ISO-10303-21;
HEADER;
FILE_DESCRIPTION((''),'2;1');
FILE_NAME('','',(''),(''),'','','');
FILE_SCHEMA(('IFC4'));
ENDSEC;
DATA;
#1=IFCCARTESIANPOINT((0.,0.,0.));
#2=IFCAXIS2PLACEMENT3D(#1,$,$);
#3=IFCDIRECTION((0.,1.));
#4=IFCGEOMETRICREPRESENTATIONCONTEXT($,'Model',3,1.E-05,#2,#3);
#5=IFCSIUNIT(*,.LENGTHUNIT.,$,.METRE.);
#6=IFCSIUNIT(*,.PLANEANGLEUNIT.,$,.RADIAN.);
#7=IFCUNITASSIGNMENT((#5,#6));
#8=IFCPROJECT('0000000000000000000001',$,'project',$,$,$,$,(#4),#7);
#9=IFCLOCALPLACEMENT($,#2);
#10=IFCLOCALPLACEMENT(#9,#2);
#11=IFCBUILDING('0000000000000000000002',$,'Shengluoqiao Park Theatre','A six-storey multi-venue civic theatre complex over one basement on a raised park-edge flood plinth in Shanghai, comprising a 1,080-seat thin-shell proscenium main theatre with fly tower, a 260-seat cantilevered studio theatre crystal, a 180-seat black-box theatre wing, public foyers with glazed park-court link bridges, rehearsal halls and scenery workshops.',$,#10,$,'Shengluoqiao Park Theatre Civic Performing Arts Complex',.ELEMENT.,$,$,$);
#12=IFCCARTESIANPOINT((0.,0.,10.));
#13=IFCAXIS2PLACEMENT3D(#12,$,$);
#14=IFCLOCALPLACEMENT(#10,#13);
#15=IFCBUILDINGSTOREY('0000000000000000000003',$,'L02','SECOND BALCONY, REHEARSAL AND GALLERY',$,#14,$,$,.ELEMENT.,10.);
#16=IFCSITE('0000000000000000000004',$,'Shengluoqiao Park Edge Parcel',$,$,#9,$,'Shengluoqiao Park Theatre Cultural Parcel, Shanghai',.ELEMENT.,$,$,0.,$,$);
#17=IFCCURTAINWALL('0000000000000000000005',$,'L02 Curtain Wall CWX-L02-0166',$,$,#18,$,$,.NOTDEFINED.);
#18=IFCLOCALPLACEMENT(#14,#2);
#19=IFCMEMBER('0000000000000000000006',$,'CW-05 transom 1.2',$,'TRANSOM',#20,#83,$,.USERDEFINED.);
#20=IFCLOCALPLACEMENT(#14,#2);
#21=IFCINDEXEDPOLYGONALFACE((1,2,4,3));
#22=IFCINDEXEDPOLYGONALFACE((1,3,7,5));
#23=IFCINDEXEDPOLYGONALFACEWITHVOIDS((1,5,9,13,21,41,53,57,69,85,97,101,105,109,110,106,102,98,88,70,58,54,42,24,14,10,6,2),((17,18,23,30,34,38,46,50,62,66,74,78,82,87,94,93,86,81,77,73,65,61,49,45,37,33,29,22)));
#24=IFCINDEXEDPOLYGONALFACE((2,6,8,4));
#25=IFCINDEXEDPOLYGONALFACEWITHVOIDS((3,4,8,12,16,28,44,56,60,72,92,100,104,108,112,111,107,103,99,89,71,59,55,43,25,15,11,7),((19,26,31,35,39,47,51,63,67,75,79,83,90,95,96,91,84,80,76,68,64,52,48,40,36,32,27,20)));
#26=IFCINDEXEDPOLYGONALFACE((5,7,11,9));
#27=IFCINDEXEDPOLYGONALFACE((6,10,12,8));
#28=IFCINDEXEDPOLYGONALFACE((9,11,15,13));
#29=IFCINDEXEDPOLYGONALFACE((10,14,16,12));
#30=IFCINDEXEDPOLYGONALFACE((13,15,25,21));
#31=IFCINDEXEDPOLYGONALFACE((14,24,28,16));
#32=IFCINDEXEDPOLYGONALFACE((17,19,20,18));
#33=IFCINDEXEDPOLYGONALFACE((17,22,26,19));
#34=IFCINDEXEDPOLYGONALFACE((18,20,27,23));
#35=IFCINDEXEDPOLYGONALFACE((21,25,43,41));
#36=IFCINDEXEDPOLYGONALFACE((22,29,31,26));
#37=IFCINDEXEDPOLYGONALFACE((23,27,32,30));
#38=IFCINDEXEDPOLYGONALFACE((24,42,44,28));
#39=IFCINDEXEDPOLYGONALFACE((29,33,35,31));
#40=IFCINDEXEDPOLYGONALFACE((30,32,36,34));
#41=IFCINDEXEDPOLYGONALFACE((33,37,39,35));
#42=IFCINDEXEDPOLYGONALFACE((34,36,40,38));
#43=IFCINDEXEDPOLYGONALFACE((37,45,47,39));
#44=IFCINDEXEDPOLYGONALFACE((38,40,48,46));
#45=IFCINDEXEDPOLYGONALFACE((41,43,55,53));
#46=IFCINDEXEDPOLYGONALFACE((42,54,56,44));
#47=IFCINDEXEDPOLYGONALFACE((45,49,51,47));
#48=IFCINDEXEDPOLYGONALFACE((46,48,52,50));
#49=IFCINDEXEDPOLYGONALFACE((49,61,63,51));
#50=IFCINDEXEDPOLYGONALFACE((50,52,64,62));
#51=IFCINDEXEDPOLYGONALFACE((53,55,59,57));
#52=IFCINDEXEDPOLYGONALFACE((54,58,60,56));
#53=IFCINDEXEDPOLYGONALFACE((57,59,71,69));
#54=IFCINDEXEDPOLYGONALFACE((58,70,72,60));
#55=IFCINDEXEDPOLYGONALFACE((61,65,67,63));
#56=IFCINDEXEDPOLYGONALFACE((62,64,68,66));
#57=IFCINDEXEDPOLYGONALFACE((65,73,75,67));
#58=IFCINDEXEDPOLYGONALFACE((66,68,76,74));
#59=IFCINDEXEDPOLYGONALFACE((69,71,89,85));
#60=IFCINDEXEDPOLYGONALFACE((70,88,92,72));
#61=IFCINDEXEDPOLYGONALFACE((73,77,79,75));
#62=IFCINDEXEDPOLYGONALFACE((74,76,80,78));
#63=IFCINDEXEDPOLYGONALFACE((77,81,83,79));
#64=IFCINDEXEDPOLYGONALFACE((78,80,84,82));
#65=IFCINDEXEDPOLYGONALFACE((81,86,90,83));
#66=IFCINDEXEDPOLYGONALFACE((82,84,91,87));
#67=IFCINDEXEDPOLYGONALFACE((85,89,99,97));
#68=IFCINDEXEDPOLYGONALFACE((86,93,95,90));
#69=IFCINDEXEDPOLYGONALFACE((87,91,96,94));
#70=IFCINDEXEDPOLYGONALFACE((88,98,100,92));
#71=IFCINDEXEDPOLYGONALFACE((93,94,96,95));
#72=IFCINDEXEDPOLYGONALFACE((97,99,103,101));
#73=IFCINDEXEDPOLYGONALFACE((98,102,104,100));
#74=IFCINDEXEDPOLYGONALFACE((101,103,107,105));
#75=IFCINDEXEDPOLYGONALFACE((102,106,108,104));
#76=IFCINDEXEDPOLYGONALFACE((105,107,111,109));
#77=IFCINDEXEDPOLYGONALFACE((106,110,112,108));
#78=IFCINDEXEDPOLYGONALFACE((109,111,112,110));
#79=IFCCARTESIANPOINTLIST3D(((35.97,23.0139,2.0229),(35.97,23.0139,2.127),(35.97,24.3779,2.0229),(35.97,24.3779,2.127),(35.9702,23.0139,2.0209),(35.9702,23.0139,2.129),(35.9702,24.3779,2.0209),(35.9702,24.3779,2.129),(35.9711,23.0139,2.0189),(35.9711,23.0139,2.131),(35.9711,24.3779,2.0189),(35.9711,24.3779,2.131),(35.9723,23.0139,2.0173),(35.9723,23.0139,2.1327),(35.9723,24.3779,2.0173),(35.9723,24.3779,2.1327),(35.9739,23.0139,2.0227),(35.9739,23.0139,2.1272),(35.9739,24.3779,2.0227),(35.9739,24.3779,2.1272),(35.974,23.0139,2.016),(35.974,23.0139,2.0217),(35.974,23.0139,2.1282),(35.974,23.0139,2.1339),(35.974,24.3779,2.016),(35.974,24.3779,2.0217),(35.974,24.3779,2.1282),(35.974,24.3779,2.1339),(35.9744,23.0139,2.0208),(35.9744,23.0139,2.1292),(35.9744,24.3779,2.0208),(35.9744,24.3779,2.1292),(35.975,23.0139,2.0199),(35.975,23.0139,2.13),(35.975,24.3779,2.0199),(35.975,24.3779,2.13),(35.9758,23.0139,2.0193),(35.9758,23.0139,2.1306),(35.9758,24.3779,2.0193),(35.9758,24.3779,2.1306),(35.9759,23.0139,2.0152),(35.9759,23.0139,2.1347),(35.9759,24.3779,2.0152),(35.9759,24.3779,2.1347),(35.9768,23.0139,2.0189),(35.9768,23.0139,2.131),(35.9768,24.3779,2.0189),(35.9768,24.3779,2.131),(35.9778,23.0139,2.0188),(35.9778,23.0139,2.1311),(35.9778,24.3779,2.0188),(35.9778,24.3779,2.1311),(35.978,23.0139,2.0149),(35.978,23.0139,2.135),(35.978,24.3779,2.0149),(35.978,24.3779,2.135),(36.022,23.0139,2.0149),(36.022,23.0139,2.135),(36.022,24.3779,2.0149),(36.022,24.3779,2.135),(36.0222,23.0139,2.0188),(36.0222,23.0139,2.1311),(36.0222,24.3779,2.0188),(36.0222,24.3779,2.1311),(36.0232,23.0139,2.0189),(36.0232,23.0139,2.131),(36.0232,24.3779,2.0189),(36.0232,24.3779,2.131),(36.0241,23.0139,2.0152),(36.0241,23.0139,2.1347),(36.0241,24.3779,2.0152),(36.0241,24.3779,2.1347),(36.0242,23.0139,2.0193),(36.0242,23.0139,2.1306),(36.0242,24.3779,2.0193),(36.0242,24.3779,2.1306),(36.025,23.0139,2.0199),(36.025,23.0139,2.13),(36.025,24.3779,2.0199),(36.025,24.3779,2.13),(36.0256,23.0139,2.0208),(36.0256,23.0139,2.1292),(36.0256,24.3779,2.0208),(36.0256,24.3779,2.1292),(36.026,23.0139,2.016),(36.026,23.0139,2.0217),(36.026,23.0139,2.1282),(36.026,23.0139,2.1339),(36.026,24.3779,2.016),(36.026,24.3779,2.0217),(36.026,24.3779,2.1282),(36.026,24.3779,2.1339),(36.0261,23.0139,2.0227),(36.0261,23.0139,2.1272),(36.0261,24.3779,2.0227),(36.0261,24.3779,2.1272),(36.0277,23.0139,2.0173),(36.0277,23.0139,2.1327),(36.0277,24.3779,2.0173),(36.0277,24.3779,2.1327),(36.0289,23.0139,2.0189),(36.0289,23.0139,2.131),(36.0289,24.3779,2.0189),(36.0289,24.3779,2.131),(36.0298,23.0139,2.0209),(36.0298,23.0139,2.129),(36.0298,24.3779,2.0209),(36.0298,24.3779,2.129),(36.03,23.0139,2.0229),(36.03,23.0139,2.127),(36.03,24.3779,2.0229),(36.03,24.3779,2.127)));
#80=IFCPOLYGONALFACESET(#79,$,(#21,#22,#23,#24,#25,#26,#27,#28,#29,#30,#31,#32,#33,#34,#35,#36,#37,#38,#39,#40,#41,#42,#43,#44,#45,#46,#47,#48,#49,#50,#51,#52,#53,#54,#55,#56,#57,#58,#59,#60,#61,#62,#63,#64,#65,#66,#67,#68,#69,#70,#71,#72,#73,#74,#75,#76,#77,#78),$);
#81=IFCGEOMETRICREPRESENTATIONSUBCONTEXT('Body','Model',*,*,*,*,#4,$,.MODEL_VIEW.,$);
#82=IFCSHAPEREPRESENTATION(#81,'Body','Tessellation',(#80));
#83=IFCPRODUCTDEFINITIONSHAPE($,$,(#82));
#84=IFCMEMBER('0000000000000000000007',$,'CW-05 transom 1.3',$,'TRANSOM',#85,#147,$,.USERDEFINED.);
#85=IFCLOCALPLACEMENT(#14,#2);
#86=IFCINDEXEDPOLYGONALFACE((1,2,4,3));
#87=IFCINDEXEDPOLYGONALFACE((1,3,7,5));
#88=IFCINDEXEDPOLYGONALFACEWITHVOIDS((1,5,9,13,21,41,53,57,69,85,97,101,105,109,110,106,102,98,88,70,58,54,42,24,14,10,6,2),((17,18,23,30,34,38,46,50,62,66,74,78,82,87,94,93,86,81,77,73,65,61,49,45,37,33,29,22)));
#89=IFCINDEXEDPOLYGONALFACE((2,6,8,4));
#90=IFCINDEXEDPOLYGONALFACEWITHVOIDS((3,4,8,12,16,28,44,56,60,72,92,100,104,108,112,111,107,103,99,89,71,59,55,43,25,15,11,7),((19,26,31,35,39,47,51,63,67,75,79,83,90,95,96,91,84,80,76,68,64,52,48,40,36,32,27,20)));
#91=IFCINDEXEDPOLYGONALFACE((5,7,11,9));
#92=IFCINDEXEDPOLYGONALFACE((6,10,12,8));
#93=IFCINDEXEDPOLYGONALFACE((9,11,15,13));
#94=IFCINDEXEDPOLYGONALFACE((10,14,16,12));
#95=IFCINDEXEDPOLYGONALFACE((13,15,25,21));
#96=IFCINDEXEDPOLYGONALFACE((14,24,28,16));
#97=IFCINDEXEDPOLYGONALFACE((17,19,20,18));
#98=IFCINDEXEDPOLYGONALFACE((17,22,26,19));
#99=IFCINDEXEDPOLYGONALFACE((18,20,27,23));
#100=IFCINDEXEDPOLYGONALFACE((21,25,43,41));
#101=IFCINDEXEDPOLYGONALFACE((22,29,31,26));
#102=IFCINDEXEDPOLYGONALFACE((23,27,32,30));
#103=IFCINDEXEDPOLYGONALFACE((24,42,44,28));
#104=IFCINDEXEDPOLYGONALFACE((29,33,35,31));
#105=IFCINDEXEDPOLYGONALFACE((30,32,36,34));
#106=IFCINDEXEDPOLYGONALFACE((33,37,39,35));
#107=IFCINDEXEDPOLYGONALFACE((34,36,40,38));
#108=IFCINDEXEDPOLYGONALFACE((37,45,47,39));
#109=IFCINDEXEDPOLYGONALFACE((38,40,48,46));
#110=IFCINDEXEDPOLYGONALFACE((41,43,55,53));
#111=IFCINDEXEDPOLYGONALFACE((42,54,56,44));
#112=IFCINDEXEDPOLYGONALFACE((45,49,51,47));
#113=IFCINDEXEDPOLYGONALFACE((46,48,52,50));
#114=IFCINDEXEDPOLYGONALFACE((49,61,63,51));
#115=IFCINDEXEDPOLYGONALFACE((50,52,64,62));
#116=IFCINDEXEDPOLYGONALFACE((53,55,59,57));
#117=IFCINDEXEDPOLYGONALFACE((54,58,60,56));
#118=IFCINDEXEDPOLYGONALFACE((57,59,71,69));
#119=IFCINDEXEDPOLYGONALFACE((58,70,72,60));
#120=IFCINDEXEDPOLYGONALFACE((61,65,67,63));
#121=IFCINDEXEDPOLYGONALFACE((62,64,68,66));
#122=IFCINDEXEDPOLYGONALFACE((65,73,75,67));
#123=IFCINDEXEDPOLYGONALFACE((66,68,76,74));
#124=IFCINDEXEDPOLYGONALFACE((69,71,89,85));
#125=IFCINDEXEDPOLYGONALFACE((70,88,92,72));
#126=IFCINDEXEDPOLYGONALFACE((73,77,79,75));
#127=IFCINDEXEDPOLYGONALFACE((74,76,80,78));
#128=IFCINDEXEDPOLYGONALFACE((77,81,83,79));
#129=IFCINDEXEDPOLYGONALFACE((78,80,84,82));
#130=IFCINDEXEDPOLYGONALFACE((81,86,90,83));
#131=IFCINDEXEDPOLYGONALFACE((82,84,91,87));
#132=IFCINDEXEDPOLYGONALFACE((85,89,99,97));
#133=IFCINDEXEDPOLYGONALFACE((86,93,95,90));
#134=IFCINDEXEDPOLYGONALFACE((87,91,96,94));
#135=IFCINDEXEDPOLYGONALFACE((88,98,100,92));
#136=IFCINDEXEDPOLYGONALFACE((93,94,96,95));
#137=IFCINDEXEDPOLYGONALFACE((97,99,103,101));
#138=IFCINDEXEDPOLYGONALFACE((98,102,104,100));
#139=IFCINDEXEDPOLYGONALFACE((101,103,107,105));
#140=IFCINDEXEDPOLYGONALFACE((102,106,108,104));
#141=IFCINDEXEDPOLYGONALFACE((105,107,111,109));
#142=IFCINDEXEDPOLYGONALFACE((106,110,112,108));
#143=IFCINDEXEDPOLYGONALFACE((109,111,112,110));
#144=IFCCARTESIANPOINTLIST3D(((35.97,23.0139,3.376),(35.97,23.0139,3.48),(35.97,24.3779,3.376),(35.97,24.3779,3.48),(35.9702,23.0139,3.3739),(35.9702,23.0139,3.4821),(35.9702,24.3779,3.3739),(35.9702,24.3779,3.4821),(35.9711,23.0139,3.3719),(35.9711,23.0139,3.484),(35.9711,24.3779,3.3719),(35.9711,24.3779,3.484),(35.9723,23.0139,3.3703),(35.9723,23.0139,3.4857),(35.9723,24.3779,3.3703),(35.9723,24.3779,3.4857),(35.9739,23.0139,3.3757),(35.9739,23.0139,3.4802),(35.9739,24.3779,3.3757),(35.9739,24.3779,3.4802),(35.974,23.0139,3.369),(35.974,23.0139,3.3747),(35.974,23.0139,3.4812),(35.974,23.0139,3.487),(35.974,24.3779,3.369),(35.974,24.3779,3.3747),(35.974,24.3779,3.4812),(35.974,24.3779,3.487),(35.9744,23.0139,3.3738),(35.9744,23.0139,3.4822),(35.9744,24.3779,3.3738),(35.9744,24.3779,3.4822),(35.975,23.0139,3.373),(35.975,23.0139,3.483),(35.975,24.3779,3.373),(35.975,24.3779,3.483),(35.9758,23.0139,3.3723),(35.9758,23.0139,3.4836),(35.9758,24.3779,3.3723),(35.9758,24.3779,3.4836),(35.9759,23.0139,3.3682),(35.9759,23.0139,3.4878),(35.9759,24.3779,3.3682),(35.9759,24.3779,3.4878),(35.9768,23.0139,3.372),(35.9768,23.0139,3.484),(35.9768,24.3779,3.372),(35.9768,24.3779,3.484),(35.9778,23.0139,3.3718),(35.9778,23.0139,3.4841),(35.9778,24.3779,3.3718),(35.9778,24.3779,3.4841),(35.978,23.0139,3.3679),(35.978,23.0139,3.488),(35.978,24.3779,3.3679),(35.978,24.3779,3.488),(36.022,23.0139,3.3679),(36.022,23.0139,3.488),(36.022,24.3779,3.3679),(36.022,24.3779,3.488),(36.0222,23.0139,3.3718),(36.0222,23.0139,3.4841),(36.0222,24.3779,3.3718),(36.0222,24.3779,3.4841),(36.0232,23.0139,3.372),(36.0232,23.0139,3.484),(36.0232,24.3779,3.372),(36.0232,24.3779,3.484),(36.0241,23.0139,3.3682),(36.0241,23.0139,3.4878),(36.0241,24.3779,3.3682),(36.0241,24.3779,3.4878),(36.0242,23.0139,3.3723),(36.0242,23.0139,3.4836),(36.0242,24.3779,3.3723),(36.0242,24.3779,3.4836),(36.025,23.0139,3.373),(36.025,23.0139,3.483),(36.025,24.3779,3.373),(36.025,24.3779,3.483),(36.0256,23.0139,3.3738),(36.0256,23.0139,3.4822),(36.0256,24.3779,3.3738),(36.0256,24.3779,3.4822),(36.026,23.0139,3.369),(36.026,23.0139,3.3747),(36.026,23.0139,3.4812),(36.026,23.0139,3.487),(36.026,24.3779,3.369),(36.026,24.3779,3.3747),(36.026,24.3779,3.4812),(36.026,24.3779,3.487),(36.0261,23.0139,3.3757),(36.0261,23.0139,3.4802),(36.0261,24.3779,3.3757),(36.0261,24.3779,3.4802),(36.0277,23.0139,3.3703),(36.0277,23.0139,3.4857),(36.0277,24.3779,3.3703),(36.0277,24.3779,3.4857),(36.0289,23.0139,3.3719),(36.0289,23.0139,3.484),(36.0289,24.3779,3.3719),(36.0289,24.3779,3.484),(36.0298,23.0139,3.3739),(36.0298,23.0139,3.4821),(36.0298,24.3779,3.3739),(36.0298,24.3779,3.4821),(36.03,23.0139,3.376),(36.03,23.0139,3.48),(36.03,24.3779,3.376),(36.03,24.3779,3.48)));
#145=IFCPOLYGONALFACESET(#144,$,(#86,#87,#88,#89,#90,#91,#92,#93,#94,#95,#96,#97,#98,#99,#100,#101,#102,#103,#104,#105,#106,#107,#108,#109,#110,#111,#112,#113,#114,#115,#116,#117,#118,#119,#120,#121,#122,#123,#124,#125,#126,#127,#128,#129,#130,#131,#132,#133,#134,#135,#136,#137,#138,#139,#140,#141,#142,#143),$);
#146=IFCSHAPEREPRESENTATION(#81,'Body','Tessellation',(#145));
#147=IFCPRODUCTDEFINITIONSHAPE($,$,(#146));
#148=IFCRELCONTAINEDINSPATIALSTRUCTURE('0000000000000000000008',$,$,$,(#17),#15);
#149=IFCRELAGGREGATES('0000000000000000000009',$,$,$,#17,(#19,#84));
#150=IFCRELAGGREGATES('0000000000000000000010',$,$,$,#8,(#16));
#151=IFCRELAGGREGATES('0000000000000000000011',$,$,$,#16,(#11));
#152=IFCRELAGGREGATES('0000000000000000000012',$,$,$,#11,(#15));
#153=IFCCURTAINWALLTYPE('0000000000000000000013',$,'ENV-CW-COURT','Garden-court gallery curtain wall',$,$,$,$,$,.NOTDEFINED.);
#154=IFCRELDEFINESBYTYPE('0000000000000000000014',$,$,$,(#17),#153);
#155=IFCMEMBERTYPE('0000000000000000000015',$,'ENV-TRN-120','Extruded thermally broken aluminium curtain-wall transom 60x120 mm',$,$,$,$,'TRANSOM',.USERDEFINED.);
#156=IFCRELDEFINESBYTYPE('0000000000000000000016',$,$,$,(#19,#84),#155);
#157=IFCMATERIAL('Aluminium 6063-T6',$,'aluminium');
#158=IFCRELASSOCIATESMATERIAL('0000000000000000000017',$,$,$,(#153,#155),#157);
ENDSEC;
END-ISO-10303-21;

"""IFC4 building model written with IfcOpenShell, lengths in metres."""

from ifc_helpers import new_model, si_unit, direction, frame, origin, origin_2d, place, context, subcontext, project, spatial, hollow_rectangle, extrude, material, material_profile, profile_set, type_object, element, aggregate, save


model = new_model("IFC4")

# Units and contexts
model_context = context("Model", 3, precision=1e-05, world=origin(), true_north=direction((0.0, 1.0)))
body_context = subcontext(model_context, "Body", "Model", "MODEL_VIEW")
ifc_project = project(units=[si_unit("LENGTHUNIT", "METRE"), si_unit("PLANEANGLEUNIT", "RADIAN")], contexts=[model_context])

# Site, building, storey
site_placement = place(None, origin())
site = spatial("IfcSite", under=ifc_project, at=site_placement, Name="Shengluoqiao Park Edge Parcel", LongName="Shengluoqiao Park Theatre Cultural Parcel, Shanghai", CompositionType="ELEMENT", RefElevation=0.0)
building_placement = place(site_placement, origin())
building = spatial("IfcBuilding", under=site, at=building_placement, Name="Shengluoqiao Park Theatre", Description="A six-storey multi-venue civic theatre complex over one basement on a raised park-edge flood plinth in Shanghai, comprising a 1,080-seat thin-shell proscenium main theatre with fly tower, a 260-seat cantilevered studio theatre crystal, a 180-seat black-box theatre wing, public foyers with glazed park-court link bridges, rehearsal halls and scenery workshops.", LongName="Shengluoqiao Park Theatre Civic Performing Arts Complex", CompositionType="ELEMENT")
storey_placement = place(building_placement, frame((0.0, 0.0, 10.0)))
storey = spatial("IfcBuildingStorey", under=building, at=storey_placement, Name="L02", Description="SECOND BALCONY, REHEARSAL AND GALLERY", CompositionType="ELEMENT", Elevation=10.0)

# Shared definitions
ifc_material_1 = material(Name="Aluminium 6063-T6", Category="aluminium")

# Curtain wall
curtain_wall_type_1 = type_object("IfcCurtainWallType", Name="ENV-CW-COURT", Description="Garden-court gallery curtain wall", PredefinedType="NOTDEFINED", material=ifc_material_1)
curtain_wall_1_placement = place(storey_placement, origin())
curtain_wall_1 = element("IfcCurtainWall", 1, at=curtain_wall_1_placement, inside=storey, type_object=curtain_wall_type_1, Name="L02 Curtain Wall CWX-L02-0166", PredefinedType="NOTDEFINED")

# Members
ifc_material_profile_1 = material_profile(ifc_material_1, hollow_rectangle(XDim=0.0601, YDim=0.1201, WallThickness=0.0039, InnerFilletRadius=0.0039, OuterFilletRadius=0.0081, at=origin_2d()), Name="ALU TRANSOM 120x60x4")
ifc_profile_set_1 = profile_set([ifc_material_profile_1], Name="Aluminium 6063-T6")
member_type_1 = type_object("IfcMemberType", Name="ENV-TRN-120", Description="Extruded thermally broken aluminium curtain-wall transom 60x120 mm", ElementType="TRANSOM", PredefinedType="USERDEFINED", material=ifc_profile_set_1)
member_1_placement = place(storey_placement, frame((36.0, 23.0139, 2.075), z_axis=(0.0, 1.0, 0.0), x_axis=(-1.0, 0.0, 0.0)))
member_1 = element("IfcMember", 2, at=member_1_placement, type_object=member_type_1, Name="CW-05 transom 1.2", ObjectType="TRANSOM", PredefinedType="USERDEFINED", context=body_context, shape_type="SweptSolid", body=[
    extrude(hollow_rectangle(XDim=0.0601, YDim=0.1201, WallThickness=0.0039, InnerFilletRadius=0.0039, OuterFilletRadius=0.0081, at=origin_2d()), origin(), (0.0, 0.0, 1.0), 1.364),
])
member_2_placement = place(storey_placement, frame((36.0, 23.0139, 3.428), z_axis=(0.0, 1.0, 0.0), x_axis=(-1.0, 0.0, 0.0)))
member_2 = element("IfcMember", 3, at=member_2_placement, type_object=member_type_1, Name="CW-05 transom 1.3", ObjectType="TRANSOM", PredefinedType="USERDEFINED", context=body_context, shape_type="SweptSolid", body=[
    extrude(hollow_rectangle(XDim=0.0601, YDim=0.1201, WallThickness=0.0039, InnerFilletRadius=0.0039, OuterFilletRadius=0.0081, at=origin_2d()), origin(), (0.0, 0.0, 1.0), 1.364),
])

aggregate(curtain_wall_1, [member_1, member_2])

save(model, "model.ifc")
